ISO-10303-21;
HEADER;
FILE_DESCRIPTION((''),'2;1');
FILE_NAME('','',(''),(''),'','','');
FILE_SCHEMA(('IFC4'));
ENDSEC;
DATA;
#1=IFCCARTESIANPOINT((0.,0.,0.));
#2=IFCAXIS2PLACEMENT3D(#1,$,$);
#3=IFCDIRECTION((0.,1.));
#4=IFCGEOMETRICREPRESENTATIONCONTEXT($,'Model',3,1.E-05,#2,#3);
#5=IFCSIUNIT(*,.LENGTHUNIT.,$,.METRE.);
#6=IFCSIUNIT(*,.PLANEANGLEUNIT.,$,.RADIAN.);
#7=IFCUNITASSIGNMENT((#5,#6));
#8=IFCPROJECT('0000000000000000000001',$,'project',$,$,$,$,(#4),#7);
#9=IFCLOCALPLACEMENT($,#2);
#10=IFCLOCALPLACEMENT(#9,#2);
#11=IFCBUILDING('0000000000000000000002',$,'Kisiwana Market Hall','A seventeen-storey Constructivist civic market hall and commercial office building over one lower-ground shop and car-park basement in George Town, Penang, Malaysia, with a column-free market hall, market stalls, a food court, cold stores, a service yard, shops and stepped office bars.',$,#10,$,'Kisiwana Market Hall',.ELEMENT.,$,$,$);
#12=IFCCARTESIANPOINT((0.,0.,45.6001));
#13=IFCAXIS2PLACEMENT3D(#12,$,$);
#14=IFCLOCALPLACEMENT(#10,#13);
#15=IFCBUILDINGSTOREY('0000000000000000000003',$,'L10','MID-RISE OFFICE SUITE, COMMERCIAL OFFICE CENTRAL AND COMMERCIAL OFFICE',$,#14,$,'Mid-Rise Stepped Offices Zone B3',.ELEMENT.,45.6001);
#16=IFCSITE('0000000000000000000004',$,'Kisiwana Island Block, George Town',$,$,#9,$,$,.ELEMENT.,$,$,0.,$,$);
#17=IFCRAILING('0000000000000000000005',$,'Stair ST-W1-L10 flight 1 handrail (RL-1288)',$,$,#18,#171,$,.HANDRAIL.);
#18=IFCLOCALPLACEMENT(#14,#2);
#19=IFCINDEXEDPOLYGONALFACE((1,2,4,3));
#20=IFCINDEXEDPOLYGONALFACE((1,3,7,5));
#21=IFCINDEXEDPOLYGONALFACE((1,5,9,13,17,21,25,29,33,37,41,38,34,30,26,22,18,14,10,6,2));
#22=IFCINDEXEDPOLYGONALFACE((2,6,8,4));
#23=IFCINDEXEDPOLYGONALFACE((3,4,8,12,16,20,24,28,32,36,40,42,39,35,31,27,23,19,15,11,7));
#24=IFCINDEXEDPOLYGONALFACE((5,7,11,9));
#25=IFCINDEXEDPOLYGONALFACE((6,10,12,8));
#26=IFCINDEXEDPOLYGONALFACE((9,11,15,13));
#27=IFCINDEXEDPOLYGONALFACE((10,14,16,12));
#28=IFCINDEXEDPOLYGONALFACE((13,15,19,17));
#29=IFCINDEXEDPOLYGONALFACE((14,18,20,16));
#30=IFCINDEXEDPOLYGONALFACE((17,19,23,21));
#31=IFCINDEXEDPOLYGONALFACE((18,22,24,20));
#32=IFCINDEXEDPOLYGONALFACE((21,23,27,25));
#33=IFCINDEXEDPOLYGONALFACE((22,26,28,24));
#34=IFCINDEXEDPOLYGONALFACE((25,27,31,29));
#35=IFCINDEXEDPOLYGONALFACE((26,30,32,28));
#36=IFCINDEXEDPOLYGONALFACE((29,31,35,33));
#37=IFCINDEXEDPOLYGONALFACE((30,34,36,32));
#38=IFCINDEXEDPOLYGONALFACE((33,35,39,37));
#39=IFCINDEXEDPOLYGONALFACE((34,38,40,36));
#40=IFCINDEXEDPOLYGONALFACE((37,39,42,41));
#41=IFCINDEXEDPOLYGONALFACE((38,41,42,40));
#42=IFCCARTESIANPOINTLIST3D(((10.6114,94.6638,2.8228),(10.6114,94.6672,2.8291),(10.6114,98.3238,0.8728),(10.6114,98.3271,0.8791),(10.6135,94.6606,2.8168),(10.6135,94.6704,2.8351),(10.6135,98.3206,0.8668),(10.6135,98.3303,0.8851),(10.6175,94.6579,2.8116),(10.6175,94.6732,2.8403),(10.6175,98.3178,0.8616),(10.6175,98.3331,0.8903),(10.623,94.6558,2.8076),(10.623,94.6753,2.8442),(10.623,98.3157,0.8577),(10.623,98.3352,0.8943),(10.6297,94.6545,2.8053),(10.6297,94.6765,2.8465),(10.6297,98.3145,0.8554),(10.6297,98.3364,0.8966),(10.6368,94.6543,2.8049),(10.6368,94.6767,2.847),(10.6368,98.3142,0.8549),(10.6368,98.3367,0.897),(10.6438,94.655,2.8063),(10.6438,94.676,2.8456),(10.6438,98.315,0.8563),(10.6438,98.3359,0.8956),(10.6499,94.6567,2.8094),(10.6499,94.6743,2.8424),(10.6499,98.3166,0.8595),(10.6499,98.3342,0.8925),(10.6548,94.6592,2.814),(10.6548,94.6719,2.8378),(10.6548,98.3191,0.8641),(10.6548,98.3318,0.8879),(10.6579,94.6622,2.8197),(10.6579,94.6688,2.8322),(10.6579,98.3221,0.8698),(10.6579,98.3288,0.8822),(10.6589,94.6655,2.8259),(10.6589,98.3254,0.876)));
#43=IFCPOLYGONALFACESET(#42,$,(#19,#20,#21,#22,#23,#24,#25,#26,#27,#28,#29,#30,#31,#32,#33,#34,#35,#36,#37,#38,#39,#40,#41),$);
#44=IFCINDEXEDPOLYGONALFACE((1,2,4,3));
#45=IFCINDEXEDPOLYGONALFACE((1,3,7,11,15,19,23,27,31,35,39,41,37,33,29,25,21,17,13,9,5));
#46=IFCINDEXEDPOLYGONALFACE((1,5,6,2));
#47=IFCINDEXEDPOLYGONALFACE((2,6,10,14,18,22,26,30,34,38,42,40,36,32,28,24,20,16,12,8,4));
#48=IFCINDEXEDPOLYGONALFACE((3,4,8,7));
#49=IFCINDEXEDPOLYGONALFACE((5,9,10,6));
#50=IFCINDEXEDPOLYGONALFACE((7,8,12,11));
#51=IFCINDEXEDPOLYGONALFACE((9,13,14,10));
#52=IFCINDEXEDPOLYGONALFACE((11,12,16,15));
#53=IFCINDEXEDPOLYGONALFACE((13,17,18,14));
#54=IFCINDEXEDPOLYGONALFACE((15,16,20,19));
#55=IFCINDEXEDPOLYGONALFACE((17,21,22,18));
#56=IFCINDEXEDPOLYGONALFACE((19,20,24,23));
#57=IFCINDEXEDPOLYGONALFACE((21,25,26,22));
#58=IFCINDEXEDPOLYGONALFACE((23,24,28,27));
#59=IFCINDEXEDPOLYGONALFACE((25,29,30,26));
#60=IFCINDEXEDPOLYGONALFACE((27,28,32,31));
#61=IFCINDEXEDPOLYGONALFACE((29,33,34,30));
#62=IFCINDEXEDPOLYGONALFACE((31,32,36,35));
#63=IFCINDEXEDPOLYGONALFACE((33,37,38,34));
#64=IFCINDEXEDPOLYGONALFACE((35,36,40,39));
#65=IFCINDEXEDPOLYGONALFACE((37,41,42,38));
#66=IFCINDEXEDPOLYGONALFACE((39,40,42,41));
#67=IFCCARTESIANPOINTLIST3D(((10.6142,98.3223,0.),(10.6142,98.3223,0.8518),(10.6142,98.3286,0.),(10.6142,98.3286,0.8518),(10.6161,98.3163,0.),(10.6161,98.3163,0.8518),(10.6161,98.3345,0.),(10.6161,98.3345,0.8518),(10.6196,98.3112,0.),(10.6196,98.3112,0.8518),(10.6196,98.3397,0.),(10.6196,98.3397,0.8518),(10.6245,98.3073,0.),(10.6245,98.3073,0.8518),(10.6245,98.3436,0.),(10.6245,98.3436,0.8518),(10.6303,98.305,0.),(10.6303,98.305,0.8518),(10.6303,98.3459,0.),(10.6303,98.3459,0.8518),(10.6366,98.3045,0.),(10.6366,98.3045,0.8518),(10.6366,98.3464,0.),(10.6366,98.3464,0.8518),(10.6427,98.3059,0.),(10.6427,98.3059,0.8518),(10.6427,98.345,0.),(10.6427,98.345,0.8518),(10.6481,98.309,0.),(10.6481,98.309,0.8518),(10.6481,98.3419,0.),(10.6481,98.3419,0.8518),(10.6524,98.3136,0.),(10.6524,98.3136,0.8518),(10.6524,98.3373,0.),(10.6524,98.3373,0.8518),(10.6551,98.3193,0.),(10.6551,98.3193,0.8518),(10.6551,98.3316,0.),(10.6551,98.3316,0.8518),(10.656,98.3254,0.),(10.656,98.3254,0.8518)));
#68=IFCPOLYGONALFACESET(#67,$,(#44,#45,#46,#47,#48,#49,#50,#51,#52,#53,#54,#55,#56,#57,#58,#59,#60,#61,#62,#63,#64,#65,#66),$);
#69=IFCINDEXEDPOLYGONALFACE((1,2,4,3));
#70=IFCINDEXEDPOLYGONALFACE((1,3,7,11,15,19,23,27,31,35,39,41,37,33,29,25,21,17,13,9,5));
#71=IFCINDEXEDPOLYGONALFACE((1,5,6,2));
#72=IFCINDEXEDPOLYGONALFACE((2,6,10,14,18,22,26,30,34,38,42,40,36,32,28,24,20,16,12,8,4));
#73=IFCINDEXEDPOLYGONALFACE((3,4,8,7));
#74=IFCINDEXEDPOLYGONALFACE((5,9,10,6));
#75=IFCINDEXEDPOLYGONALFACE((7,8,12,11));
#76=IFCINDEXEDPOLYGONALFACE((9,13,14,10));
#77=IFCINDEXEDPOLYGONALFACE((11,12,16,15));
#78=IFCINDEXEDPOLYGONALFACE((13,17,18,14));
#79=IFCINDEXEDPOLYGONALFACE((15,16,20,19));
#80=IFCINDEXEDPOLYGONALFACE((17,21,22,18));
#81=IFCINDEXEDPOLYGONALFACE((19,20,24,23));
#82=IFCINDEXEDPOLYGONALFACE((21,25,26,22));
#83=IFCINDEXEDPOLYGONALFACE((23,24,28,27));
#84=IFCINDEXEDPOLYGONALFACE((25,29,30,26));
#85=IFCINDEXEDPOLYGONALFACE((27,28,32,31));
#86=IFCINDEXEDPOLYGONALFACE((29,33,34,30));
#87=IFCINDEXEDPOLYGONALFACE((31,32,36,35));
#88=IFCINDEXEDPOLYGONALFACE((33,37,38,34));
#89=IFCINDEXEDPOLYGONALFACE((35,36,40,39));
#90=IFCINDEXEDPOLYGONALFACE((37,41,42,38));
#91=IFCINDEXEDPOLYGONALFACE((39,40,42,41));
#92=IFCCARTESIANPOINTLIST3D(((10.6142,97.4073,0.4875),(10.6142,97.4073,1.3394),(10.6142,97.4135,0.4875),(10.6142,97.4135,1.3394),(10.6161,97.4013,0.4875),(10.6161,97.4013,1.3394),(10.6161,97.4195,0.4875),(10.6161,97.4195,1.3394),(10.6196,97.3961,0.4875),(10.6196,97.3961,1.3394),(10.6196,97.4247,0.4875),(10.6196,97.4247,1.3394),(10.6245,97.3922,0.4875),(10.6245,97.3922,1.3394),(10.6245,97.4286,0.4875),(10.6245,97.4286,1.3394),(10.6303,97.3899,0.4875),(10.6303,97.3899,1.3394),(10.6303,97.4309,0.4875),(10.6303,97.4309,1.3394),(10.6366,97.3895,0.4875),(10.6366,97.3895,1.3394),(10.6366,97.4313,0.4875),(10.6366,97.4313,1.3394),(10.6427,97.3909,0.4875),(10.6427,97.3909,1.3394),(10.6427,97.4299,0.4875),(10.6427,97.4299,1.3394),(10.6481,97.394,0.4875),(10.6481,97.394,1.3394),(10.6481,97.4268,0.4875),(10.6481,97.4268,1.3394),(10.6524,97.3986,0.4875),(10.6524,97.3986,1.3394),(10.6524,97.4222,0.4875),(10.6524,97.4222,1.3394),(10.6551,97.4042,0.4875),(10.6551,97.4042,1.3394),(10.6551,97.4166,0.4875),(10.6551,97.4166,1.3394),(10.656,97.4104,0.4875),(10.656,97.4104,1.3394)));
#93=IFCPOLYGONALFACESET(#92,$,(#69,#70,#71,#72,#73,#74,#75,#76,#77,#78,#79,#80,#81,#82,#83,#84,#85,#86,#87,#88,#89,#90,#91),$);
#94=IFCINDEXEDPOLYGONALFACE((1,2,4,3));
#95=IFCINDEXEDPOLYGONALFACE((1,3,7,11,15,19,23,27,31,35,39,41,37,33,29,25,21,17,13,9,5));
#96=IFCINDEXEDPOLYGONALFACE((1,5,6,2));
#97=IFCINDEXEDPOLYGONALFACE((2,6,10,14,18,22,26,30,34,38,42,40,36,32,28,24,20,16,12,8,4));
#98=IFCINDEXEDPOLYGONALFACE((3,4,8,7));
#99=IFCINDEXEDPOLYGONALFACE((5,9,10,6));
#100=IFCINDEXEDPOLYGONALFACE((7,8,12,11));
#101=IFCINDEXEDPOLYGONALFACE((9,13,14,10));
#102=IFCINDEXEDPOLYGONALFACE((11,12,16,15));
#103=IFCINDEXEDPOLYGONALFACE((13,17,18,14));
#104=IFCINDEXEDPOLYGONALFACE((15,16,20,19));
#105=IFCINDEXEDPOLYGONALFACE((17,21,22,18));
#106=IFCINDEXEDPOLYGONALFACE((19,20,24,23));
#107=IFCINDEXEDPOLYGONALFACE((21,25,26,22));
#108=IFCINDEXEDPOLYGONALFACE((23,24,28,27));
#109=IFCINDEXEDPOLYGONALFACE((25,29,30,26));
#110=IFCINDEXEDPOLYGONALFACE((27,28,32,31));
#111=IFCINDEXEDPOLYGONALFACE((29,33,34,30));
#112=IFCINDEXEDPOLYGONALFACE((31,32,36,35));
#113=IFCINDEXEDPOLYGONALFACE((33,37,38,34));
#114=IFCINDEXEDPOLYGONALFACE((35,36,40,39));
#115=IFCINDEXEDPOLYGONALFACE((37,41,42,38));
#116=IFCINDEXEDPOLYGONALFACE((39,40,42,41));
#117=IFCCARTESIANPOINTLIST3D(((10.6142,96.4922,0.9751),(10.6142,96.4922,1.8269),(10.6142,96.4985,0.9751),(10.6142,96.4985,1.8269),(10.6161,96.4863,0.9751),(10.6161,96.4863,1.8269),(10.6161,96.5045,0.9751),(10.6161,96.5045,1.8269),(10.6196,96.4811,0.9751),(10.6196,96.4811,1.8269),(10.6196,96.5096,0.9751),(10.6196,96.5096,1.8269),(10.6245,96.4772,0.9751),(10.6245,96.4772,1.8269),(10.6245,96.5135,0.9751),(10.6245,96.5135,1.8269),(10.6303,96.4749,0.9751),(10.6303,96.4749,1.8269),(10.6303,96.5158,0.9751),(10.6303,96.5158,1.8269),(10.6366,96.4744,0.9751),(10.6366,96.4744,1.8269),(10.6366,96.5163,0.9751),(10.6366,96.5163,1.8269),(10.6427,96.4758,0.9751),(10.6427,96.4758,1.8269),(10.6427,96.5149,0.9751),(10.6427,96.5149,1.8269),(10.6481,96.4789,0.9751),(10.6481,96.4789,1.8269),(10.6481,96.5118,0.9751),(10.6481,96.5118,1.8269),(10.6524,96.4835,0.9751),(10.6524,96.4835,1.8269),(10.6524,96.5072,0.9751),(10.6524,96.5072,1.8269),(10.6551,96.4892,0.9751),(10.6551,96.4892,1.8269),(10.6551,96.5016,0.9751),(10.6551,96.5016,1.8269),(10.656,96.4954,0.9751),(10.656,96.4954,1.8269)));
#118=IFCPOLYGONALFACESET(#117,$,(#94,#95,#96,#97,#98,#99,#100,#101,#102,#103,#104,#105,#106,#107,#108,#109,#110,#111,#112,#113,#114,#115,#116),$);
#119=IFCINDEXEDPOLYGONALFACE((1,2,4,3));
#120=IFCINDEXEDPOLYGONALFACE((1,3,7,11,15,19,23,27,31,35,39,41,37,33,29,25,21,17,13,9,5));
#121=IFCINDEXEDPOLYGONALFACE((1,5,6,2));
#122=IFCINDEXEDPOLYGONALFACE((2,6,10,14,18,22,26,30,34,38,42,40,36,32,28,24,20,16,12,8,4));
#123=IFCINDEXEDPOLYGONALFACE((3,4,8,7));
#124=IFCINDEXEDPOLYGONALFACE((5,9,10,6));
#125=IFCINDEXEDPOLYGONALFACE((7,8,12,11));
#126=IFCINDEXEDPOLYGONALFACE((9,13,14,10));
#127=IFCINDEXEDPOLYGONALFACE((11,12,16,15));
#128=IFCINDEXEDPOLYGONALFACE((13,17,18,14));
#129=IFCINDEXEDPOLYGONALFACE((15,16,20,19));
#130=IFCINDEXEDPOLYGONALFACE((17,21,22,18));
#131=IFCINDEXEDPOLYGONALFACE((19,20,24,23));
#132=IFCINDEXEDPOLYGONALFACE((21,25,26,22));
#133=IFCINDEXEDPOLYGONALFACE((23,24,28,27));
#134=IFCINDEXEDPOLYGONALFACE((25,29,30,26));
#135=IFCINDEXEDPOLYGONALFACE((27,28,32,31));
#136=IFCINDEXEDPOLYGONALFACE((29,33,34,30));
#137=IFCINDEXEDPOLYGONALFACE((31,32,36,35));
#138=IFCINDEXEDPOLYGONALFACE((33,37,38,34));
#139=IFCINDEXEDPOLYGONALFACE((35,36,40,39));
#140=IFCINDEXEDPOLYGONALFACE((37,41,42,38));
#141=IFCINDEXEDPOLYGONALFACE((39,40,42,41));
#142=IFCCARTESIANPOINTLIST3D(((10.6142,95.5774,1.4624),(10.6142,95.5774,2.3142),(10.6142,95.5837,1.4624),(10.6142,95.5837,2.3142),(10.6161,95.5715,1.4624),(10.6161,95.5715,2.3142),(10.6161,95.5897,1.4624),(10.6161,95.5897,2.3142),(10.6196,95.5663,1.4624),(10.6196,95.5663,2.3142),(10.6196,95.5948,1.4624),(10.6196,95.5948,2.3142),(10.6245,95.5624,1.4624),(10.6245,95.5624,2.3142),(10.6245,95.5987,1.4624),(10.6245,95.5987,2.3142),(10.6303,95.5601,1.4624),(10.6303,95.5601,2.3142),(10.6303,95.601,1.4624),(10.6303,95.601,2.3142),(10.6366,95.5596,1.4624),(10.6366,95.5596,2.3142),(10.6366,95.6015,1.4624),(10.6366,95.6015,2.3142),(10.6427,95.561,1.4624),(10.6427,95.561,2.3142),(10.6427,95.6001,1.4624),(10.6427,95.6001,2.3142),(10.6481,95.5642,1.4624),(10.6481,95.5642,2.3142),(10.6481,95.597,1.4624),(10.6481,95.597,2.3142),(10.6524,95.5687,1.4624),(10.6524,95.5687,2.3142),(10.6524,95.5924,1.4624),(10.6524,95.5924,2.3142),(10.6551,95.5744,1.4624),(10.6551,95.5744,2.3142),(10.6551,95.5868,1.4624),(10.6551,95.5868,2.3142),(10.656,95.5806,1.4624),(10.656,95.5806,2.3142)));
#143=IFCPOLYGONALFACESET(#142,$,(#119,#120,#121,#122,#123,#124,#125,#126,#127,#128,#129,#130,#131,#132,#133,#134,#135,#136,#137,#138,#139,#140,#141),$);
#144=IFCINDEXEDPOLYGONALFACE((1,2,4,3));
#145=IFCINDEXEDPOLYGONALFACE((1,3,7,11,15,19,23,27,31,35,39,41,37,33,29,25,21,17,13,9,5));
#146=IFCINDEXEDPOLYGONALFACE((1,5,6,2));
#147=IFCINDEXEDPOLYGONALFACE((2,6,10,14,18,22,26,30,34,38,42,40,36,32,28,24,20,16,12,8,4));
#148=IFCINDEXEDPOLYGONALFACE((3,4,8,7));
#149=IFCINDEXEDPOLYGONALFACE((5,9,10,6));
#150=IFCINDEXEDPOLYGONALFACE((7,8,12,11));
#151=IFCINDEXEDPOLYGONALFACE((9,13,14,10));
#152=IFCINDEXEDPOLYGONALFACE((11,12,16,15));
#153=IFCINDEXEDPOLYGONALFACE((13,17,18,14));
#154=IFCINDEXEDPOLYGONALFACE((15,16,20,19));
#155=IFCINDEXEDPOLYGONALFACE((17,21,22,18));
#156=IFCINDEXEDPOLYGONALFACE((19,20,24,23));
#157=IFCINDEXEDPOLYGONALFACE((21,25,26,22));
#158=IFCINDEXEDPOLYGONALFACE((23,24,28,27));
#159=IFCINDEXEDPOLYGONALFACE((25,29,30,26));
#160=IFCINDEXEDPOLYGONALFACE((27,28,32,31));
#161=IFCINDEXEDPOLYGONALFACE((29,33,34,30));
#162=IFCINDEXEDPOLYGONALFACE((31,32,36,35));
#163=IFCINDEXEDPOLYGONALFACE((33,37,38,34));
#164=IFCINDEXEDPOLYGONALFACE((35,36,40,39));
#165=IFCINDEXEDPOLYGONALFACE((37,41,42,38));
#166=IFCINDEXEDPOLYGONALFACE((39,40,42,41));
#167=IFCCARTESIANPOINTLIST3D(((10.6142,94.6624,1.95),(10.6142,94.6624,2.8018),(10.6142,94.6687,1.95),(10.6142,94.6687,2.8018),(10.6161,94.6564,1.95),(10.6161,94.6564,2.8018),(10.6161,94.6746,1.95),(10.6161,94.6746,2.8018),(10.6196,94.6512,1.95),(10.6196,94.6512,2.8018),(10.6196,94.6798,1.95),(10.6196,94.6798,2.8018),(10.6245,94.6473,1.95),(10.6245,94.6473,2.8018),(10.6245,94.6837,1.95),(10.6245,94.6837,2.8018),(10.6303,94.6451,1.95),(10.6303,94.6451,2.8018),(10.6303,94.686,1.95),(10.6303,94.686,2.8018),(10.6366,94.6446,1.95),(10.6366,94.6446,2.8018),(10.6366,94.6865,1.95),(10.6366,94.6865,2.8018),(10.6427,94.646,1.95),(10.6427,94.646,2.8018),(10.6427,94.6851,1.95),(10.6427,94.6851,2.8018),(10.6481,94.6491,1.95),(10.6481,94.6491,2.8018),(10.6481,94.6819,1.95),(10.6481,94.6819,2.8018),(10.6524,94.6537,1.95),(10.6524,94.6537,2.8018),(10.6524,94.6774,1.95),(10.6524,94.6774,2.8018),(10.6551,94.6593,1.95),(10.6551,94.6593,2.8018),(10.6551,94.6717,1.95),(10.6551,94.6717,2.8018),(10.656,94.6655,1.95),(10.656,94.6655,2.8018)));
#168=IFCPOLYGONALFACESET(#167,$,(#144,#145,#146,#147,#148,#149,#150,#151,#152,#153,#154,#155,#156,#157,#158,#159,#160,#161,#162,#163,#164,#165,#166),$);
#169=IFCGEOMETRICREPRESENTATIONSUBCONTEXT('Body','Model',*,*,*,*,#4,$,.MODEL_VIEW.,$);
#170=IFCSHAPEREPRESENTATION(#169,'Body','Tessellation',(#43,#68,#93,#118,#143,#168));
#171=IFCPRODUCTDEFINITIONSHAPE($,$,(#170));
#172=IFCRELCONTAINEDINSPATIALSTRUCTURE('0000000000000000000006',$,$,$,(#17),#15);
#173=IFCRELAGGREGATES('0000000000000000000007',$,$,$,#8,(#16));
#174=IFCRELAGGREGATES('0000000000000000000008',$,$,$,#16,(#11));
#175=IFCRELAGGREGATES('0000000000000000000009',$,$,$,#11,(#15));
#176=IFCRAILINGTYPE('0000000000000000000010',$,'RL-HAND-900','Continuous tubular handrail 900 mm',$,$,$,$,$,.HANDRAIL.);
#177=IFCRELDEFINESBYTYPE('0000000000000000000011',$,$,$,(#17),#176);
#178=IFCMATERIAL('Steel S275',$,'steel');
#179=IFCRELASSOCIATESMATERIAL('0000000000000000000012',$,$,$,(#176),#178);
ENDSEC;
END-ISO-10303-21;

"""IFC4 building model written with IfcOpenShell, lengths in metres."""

from ifc_helpers import new_model, si_unit, direction, frame, origin, origin_2d, place, context, subcontext, project, spatial, circle, extrude, material, type_object, element, save


model = new_model("IFC4")

# Units and contexts
model_context = context("Model", 3, precision=1e-05, world=origin(), true_north=direction((0.0, 1.0)))
body_context = subcontext(model_context, "Body", "Model", "MODEL_VIEW")
ifc_project = project(units=[si_unit("LENGTHUNIT", "METRE"), si_unit("PLANEANGLEUNIT", "RADIAN")], contexts=[model_context])

# Site, building, storey
site_placement = place(None, origin())
site = spatial("IfcSite", under=ifc_project, at=site_placement, Name="Kisiwana Island Block, George Town", CompositionType="ELEMENT", RefElevation=0.0)
building_placement = place(site_placement, origin())
building = spatial("IfcBuilding", under=site, at=building_placement, Name="Kisiwana Market Hall", Description="A seventeen-storey Constructivist civic market hall and commercial office building over one lower-ground shop and car-park basement in George Town, Penang, Malaysia, with a column-free market hall, market stalls, a food court, cold stores, a service yard, shops and stepped office bars.", LongName="Kisiwana Market Hall", CompositionType="ELEMENT")
storey_placement = place(building_placement, frame((0.0, 0.0, 45.6001)))
storey = spatial("IfcBuildingStorey", under=building, at=storey_placement, Name="L10", Description="MID-RISE OFFICE SUITE, COMMERCIAL OFFICE CENTRAL AND COMMERCIAL OFFICE", LongName="Mid-Rise Stepped Offices Zone B3", CompositionType="ELEMENT", Elevation=45.6001)

# Railing
ifc_material_1 = material(Name="Steel S275", Category="steel")
railing_type_1 = type_object("IfcRailingType", Name="RL-HAND-900", Description="Continuous tubular handrail 900 mm", PredefinedType="HANDRAIL", material=ifc_material_1)
railing_1_placement = place(storey_placement, frame((10.635, 98.3254, 0.0)))
element("IfcRailing", 1, at=railing_1_placement, inside=storey, type_object=railing_type_1, Name="Stair ST-W1-L10 flight 1 handrail (RL-1288)", PredefinedType="HANDRAIL", context=body_context, shape_type="SweptSolid", body=[
    extrude(circle(Radius=0.0239, at=origin_2d()), frame((0.0, 0.0, 0.876), z_axis=(0.0, -0.882553, 0.470212), x_axis=(1.0, 0.0, 0.0)), (0.0, 0.0, 1.0), 4.147),
    extrude(circle(Radius=0.021, at=origin_2d()), origin(), (0.0, 0.0, 1.0), 0.8518),
    extrude(circle(Radius=0.021, at=origin_2d()), frame((0.0, -0.915, 0.4875)), (0.0, 0.0, 1.0), 0.8518),
    extrude(circle(Radius=0.021, at=origin_2d()), frame((0.0, -1.8301, 0.9751)), (0.0, 0.0, 1.0), 0.8518),
    extrude(circle(Radius=0.021, at=origin_2d()), frame((0.0, -2.7449, 1.4624)), (0.0, 0.0, 1.0), 0.8518),
    extrude(circle(Radius=0.021, at=origin_2d()), frame((0.0, -3.6599, 1.95)), (0.0, 0.0, 1.0), 0.8518),
])

save(model, "model.ifc")
